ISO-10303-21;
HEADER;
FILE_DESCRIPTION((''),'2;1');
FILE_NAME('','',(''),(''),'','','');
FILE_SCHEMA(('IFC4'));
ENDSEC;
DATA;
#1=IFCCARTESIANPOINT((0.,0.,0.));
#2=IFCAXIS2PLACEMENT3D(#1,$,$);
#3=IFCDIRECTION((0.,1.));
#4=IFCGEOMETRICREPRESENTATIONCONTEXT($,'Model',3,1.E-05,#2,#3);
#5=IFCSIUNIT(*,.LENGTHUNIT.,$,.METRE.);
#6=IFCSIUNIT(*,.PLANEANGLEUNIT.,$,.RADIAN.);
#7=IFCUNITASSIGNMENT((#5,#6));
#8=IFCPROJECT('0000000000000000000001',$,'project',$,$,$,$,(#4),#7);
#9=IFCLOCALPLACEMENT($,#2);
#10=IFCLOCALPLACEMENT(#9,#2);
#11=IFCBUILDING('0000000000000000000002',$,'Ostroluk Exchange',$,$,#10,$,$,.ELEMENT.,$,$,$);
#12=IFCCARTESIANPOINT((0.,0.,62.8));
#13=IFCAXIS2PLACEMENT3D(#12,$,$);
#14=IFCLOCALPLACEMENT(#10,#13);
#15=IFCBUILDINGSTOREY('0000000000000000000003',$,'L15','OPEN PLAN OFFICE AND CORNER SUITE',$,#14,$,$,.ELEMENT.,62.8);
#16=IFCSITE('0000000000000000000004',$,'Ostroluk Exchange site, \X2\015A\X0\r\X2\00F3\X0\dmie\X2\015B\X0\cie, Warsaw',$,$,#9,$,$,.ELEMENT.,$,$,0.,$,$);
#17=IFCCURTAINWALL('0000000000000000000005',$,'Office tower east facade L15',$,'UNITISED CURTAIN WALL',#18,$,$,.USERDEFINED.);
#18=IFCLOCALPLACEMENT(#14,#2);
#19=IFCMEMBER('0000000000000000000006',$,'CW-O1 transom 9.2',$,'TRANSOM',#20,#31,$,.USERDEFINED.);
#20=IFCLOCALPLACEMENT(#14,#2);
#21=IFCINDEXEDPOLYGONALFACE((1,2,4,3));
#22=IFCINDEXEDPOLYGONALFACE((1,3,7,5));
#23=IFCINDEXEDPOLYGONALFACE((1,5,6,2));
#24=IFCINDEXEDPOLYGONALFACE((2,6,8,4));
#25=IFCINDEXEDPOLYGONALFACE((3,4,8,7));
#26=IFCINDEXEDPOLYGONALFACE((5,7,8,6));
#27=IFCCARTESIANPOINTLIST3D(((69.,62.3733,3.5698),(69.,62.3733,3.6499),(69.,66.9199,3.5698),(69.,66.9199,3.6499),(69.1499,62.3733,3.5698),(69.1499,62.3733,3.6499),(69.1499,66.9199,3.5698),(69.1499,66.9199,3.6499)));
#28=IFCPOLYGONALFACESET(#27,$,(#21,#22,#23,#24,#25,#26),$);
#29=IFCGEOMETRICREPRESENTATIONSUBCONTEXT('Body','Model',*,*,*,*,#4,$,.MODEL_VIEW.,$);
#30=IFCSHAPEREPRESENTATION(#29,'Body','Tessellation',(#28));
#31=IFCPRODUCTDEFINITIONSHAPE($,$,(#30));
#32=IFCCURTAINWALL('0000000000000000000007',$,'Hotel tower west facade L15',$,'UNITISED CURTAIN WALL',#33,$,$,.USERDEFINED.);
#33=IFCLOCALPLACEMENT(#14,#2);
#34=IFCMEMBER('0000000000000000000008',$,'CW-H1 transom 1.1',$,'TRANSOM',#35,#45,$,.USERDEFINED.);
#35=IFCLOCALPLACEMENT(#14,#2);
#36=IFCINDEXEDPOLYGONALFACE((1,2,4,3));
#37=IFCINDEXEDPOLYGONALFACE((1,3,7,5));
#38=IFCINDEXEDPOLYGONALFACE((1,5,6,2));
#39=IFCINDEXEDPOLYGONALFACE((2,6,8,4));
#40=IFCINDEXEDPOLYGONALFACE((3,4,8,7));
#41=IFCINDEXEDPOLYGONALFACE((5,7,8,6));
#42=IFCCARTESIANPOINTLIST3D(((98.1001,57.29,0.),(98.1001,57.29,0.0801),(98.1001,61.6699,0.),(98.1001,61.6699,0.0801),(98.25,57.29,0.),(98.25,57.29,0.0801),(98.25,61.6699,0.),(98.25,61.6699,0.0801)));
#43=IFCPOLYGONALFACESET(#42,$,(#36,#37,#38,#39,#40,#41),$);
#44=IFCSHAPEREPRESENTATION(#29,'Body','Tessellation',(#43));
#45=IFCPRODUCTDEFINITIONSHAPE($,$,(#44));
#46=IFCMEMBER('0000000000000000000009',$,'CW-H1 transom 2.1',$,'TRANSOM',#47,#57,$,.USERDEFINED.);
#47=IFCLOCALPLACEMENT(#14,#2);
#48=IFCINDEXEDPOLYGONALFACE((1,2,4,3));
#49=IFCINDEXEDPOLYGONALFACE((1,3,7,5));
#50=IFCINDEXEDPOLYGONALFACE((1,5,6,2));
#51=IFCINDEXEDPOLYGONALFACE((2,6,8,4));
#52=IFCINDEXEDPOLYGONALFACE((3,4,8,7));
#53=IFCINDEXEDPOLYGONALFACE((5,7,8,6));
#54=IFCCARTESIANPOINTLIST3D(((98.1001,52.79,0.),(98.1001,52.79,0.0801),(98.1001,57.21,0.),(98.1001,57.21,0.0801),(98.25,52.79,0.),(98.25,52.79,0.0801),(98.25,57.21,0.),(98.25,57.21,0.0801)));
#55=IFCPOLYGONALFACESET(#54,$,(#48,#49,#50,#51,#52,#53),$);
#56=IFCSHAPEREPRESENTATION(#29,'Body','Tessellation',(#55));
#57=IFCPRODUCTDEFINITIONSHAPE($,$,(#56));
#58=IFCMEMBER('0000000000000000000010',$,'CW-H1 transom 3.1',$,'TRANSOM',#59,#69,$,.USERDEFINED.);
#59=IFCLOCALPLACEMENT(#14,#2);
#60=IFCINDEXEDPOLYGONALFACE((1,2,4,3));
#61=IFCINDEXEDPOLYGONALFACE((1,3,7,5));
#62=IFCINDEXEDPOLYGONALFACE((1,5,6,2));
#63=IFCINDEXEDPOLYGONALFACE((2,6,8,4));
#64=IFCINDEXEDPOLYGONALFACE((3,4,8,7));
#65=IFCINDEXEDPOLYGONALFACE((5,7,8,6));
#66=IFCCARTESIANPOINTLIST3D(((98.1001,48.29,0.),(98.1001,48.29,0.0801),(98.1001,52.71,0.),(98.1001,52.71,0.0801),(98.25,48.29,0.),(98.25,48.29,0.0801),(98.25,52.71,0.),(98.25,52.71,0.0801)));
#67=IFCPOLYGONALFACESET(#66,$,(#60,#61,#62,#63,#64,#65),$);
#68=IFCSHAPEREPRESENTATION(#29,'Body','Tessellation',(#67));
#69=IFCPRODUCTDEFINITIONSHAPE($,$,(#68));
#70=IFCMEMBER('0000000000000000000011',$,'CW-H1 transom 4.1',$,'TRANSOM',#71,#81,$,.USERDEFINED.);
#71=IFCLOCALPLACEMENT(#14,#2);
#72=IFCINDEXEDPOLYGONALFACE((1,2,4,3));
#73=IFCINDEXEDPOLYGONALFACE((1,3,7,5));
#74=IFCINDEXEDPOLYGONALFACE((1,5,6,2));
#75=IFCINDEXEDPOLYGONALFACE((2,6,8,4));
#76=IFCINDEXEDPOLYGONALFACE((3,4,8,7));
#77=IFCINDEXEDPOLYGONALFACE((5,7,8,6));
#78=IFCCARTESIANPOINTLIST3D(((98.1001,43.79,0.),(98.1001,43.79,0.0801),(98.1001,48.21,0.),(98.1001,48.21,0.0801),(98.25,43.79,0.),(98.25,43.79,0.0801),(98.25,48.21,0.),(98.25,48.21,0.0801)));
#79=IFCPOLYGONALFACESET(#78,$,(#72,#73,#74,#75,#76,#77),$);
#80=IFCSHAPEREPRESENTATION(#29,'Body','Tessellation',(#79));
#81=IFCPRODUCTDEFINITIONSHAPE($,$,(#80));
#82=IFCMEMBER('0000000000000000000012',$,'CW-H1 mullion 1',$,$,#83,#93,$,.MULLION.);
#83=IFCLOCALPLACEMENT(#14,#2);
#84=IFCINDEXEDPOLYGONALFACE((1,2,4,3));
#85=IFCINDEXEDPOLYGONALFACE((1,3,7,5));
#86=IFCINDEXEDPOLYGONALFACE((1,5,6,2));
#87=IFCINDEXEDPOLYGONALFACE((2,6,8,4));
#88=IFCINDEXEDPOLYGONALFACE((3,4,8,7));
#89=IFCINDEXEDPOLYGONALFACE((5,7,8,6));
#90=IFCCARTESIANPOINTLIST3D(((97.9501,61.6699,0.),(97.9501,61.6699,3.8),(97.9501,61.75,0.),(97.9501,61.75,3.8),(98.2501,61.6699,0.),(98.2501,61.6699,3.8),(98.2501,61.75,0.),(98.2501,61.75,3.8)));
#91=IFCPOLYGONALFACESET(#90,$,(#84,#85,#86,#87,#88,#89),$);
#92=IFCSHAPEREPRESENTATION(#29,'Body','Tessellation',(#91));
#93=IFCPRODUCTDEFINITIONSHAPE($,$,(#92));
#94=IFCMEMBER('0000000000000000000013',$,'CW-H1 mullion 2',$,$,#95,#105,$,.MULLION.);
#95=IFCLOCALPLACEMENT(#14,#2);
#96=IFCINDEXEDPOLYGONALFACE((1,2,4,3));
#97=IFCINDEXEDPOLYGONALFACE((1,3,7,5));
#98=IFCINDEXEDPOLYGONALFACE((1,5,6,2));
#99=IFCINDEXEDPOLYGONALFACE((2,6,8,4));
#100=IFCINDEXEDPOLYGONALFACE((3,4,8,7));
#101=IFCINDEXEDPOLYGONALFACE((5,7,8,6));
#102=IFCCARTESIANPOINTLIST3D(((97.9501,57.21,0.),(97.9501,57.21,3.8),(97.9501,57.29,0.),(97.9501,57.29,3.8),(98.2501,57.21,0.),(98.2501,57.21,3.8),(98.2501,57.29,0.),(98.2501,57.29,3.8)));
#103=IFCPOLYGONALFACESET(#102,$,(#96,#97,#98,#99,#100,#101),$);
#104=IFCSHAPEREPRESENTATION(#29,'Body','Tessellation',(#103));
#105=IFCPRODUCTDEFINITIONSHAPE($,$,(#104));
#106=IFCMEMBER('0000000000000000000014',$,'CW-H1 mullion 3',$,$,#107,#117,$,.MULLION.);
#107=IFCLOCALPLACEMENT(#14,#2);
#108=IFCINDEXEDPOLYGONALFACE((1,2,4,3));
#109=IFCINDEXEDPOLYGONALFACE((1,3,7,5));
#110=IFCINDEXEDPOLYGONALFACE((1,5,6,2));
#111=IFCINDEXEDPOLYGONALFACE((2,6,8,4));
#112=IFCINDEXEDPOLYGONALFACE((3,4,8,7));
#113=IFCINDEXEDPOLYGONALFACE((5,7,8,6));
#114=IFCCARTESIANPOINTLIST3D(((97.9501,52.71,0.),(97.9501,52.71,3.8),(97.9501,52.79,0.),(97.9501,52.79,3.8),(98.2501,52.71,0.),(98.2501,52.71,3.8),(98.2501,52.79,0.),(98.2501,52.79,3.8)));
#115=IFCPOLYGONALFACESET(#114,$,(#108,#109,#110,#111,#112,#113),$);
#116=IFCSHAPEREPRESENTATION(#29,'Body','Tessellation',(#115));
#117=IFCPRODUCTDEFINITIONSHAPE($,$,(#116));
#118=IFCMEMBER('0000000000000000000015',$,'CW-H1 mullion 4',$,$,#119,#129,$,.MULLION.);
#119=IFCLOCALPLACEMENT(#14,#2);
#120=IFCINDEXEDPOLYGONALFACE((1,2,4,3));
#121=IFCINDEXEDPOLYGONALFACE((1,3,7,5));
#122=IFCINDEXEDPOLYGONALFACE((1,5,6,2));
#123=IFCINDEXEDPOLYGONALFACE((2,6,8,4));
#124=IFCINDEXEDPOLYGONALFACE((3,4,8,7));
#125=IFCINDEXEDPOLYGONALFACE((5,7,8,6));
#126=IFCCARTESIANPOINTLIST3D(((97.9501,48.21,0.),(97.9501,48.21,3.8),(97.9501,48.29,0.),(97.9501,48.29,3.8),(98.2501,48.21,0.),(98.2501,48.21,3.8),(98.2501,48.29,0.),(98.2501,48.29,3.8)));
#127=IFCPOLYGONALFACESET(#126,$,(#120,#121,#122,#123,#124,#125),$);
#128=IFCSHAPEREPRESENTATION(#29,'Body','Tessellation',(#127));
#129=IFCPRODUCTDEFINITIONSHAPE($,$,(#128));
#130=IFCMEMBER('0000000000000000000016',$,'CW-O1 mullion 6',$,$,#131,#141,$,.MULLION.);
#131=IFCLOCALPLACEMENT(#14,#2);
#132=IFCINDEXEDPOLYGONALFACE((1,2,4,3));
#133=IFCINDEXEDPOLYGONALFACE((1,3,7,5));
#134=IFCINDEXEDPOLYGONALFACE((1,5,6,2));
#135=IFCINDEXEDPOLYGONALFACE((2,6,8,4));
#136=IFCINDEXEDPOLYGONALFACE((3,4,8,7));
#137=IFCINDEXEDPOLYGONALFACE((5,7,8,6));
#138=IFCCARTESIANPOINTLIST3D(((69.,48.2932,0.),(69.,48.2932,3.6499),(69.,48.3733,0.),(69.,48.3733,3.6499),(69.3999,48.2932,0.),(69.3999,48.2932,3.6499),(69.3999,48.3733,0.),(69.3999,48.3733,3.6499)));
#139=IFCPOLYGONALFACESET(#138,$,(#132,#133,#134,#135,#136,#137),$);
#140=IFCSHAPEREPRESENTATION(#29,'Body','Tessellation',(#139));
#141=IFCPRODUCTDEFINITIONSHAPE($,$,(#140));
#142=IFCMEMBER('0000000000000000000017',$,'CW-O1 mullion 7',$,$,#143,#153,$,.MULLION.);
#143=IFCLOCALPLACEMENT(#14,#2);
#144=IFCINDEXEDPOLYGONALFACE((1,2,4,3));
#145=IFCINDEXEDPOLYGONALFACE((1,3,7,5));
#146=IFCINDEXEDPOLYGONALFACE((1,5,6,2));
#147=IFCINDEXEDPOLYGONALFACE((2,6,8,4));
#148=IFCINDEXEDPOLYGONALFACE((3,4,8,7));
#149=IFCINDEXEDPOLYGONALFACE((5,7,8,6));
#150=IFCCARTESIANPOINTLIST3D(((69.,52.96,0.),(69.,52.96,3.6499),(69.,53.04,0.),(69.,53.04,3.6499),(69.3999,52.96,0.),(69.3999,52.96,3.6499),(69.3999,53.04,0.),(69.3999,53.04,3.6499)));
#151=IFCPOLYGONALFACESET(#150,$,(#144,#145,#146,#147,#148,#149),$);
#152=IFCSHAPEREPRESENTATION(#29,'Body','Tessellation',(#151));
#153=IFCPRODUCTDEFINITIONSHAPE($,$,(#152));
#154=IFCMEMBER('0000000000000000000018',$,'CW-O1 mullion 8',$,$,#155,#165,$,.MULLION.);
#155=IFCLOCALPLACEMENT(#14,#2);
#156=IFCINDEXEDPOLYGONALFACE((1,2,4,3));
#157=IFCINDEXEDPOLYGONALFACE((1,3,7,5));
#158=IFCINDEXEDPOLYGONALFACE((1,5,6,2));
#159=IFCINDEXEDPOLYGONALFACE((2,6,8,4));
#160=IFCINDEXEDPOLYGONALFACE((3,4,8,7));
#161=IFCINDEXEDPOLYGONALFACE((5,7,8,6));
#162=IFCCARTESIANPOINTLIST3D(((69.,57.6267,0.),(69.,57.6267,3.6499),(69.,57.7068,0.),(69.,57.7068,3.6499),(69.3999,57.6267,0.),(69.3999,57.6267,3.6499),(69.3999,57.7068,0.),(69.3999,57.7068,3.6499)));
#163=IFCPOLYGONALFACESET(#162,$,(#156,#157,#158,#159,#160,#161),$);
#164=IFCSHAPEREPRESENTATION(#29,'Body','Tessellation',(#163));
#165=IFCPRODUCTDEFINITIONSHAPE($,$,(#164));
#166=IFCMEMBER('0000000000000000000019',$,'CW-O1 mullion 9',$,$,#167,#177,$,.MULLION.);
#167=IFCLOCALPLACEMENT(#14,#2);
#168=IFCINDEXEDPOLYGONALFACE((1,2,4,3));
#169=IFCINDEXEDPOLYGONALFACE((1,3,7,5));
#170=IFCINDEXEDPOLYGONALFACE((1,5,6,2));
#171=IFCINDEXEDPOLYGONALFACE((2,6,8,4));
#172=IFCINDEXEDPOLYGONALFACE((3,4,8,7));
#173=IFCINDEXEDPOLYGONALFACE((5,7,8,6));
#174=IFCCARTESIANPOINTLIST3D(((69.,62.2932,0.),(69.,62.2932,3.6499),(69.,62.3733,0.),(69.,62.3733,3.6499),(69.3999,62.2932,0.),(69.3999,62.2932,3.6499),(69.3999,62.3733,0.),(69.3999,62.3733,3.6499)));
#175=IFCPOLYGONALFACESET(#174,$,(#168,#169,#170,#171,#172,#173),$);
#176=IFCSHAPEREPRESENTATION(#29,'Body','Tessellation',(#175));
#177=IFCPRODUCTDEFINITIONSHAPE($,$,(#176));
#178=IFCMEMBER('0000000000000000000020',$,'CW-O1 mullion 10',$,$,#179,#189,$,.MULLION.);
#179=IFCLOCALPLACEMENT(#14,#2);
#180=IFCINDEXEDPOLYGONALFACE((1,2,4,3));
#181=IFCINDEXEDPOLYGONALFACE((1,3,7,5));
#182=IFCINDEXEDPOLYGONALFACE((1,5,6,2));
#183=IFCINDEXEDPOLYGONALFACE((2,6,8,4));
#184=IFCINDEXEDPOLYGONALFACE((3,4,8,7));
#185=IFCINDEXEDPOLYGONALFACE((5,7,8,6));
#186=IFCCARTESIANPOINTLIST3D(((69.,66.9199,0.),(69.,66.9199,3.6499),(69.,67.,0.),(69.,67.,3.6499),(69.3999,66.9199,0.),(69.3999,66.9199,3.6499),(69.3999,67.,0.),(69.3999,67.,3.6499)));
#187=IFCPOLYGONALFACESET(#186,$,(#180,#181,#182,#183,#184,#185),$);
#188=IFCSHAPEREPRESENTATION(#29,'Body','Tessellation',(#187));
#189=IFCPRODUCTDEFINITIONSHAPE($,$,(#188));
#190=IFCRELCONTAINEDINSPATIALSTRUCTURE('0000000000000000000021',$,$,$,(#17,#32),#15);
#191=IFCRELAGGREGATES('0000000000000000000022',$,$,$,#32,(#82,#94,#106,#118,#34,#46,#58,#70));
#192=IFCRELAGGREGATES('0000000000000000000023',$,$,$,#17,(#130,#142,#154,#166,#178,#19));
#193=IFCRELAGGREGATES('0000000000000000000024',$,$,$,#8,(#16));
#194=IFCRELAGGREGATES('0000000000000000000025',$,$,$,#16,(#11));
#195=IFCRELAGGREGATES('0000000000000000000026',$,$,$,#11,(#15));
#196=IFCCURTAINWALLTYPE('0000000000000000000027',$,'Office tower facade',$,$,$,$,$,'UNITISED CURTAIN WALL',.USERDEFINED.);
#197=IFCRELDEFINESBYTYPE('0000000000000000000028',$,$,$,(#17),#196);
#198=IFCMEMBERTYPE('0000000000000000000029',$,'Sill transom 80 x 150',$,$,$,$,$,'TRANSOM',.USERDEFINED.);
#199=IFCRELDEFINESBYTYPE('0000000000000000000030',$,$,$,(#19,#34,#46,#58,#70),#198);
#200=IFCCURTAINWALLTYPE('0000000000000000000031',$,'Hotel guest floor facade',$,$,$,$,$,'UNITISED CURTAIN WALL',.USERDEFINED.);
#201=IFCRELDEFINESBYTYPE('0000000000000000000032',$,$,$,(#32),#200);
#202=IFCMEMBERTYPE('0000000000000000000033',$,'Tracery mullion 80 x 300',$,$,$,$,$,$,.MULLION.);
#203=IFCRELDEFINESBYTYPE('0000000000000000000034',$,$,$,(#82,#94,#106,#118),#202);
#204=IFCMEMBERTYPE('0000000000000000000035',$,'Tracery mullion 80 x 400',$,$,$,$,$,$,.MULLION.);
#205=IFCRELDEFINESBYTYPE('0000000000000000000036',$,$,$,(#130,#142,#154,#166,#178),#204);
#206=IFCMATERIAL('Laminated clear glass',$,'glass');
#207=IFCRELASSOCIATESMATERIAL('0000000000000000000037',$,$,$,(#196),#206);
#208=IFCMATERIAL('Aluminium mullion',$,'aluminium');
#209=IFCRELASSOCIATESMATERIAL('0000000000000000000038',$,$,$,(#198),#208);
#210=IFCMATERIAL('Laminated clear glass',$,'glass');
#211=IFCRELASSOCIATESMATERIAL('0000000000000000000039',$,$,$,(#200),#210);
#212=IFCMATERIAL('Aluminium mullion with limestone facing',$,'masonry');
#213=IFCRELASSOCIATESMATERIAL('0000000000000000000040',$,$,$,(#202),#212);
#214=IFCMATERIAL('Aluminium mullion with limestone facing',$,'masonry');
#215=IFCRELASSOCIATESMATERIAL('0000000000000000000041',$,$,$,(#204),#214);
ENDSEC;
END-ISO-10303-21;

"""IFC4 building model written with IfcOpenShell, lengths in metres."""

from ifc_helpers import new_model, si_unit, direction, frame, origin, origin_2d, place, context, subcontext, project, spatial, rectangle, extrude, material, material_profile, profile_set, type_object, element, aggregate, save


model = new_model("IFC4")

# Units and contexts
model_context = context("Model", 3, precision=1e-05, world=origin(), true_north=direction((0.0, 1.0)))
body_context = subcontext(model_context, "Body", "Model", "MODEL_VIEW")
ifc_project = project(units=[si_unit("LENGTHUNIT", "METRE"), si_unit("PLANEANGLEUNIT", "RADIAN")], contexts=[model_context])

# Site, building, storey
site_placement = place(None, origin())
site = spatial("IfcSite", under=ifc_project, at=site_placement, Name="Ostroluk Exchange site, Śródmieście, Warsaw", CompositionType="ELEMENT", RefElevation=0.0)
building_placement = place(site_placement, origin())
building = spatial("IfcBuilding", under=site, at=building_placement, Name="Ostroluk Exchange", CompositionType="ELEMENT")
storey_placement = place(building_placement, frame((0.0, 0.0, 62.8)))
storey = spatial("IfcBuildingStorey", under=building, at=storey_placement, Name="L15", Description="OPEN PLAN OFFICE AND CORNER SUITE", CompositionType="ELEMENT", Elevation=62.8)

# Curtain wall, member
ifc_material_1 = material(Name="Laminated clear glass", Category="glass")
curtain_wall_type_1 = type_object("IfcCurtainWallType", Name="Office tower facade", ElementType="UNITISED CURTAIN WALL", PredefinedType="USERDEFINED", material=ifc_material_1)
curtain_wall_1_placement = place(storey_placement, origin())
curtain_wall_1 = element("IfcCurtainWall", 1, at=curtain_wall_1_placement, inside=storey, type_object=curtain_wall_type_1, Name="Office tower east facade L15", ObjectType="UNITISED CURTAIN WALL", PredefinedType="USERDEFINED")
ifc_material_2 = material(Name="Aluminium mullion", Category="aluminium")
ifc_material_profile_1 = material_profile(ifc_material_2, rectangle(XDim=0.1499, YDim=0.0801, at=origin_2d()), Name="Sill transom 80 x 150")
ifc_profile_set_1 = profile_set([ifc_material_profile_1], Name="Aluminium mullion")
member_type_1 = type_object("IfcMemberType", Name="Sill transom 80 x 150", ElementType="TRANSOM", PredefinedType="USERDEFINED", material=ifc_profile_set_1)
member_1_placement = place(storey_placement, frame((69.075, 62.3733, 3.6099), z_axis=(0.0, 1.0, 0.0), x_axis=(-1.0, 0.0, 0.0)))
member_1 = element("IfcMember", 2, at=member_1_placement, type_object=member_type_1, Name="CW-O1 transom 9.2", ObjectType="TRANSOM", PredefinedType="USERDEFINED", context=body_context, shape_type="SweptSolid", body=[
    extrude(rectangle(XDim=0.1499, YDim=0.0801, at=origin_2d()), origin(), (0.0, 0.0, 1.0), 4.5466),
])

# Curtain wall, members
ifc_material_3 = material(Name="Laminated clear glass", Category="glass")
curtain_wall_type_2 = type_object("IfcCurtainWallType", Name="Hotel guest floor facade", ElementType="UNITISED CURTAIN WALL", PredefinedType="USERDEFINED", material=ifc_material_3)
curtain_wall_2_placement = place(storey_placement, origin())
curtain_wall_2 = element("IfcCurtainWall", 3, at=curtain_wall_2_placement, inside=storey, type_object=curtain_wall_type_2, Name="Hotel tower west facade L15", ObjectType="UNITISED CURTAIN WALL", PredefinedType="USERDEFINED")
member_2_placement = place(storey_placement, frame((98.175, 61.6699, 0.04), z_axis=(0.0, -1.0, 0.0), x_axis=(1.0, 0.0, 0.0)))
member_2 = element("IfcMember", 4, at=member_2_placement, type_object=member_type_1, Name="CW-H1 transom 1.1", ObjectType="TRANSOM", PredefinedType="USERDEFINED", context=body_context, shape_type="SweptSolid", body=[
    extrude(rectangle(XDim=0.1499, YDim=0.0801, at=origin_2d()), origin(), (0.0, 0.0, 1.0), 4.3799),
])
member_3_placement = place(storey_placement, frame((98.175, 57.21, 0.04), z_axis=(0.0, -1.0, 0.0), x_axis=(1.0, 0.0, 0.0)))
member_3 = element("IfcMember", 5, at=member_3_placement, type_object=member_type_1, Name="CW-H1 transom 2.1", ObjectType="TRANSOM", PredefinedType="USERDEFINED", context=body_context, shape_type="SweptSolid", body=[
    extrude(rectangle(XDim=0.1499, YDim=0.0801, at=origin_2d()), origin(), (0.0, 0.0, 1.0), 4.4199),
])
member_4_placement = place(storey_placement, frame((98.175, 52.71, 0.04), z_axis=(0.0, -1.0, 0.0), x_axis=(1.0, 0.0, 0.0)))
member_4 = element("IfcMember", 6, at=member_4_placement, type_object=member_type_1, Name="CW-H1 transom 3.1", ObjectType="TRANSOM", PredefinedType="USERDEFINED", context=body_context, shape_type="SweptSolid", body=[
    extrude(rectangle(XDim=0.1499, YDim=0.0801, at=origin_2d()), origin(), (0.0, 0.0, 1.0), 4.4199),
])
member_5_placement = place(storey_placement, frame((98.175, 48.21, 0.04), z_axis=(0.0, -1.0, 0.0), x_axis=(1.0, 0.0, 0.0)))
member_5 = element("IfcMember", 7, at=member_5_placement, type_object=member_type_1, Name="CW-H1 transom 4.1", ObjectType="TRANSOM", PredefinedType="USERDEFINED", context=body_context, shape_type="SweptSolid", body=[
    extrude(rectangle(XDim=0.1499, YDim=0.0801, at=origin_2d()), origin(), (0.0, 0.0, 1.0), 4.4199),
])
ifc_material_4 = material(Name="Aluminium mullion with limestone facing", Category="masonry")
ifc_material_profile_2 = material_profile(ifc_material_4, rectangle(XDim=0.3, YDim=0.0801, at=origin_2d()), Name="Tracery mullion 80 x 300")
ifc_profile_set_2 = profile_set([ifc_material_profile_2], Name="Aluminium mullion with limestone facing")
member_type_2 = type_object("IfcMemberType", Name="Tracery mullion 80 x 300", PredefinedType="MULLION", material=ifc_profile_set_2)
member_6_placement = place(storey_placement, frame((98.1001, 61.71, 0.0), z_axis=(0.0, 0.0, 1.0), x_axis=(1.0, 0.0, 0.0)))
member_6 = element("IfcMember", 8, at=member_6_placement, type_object=member_type_2, Name="CW-H1 mullion 1", PredefinedType="MULLION", context=body_context, shape_type="SweptSolid", body=[
    extrude(rectangle(XDim=0.3, YDim=0.0801, at=origin_2d()), origin(), (0.0, 0.0, 1.0), 3.8),
])
member_7_placement = place(storey_placement, frame((98.1001, 57.25, 0.0), z_axis=(0.0, 0.0, 1.0), x_axis=(1.0, 0.0, 0.0)))
member_7 = element("IfcMember", 9, at=member_7_placement, type_object=member_type_2, Name="CW-H1 mullion 2", PredefinedType="MULLION", context=body_context, shape_type="SweptSolid", body=[
    extrude(rectangle(XDim=0.3, YDim=0.0801, at=origin_2d()), origin(), (0.0, 0.0, 1.0), 3.8),
])
member_8_placement = place(storey_placement, frame((98.1001, 52.75, 0.0), z_axis=(0.0, 0.0, 1.0), x_axis=(1.0, 0.0, 0.0)))
member_8 = element("IfcMember", 10, at=member_8_placement, type_object=member_type_2, Name="CW-H1 mullion 3", PredefinedType="MULLION", context=body_context, shape_type="SweptSolid", body=[
    extrude(rectangle(XDim=0.3, YDim=0.0801, at=origin_2d()), origin(), (0.0, 0.0, 1.0), 3.8),
])
member_9_placement = place(storey_placement, frame((98.1001, 48.25, 0.0), z_axis=(0.0, 0.0, 1.0), x_axis=(1.0, 0.0, 0.0)))
member_9 = element("IfcMember", 11, at=member_9_placement, type_object=member_type_2, Name="CW-H1 mullion 4", PredefinedType="MULLION", context=body_context, shape_type="SweptSolid", body=[
    extrude(rectangle(XDim=0.3, YDim=0.0801, at=origin_2d()), origin(), (0.0, 0.0, 1.0), 3.8),
])

# Members
ifc_material_5 = material(Name="Aluminium mullion with limestone facing", Category="masonry")
ifc_material_profile_3 = material_profile(ifc_material_5, rectangle(XDim=0.3999, YDim=0.0801, at=origin_2d()), Name="Tracery mullion 80 x 400")
ifc_profile_set_3 = profile_set([ifc_material_profile_3], Name="Aluminium mullion with limestone facing")
member_type_3 = type_object("IfcMemberType", Name="Tracery mullion 80 x 400", PredefinedType="MULLION", material=ifc_profile_set_3)
member_10_placement = place(storey_placement, frame((69.2, 48.3333, 0.0), z_axis=(0.0, 0.0, 1.0), x_axis=(-1.0, 0.0, 0.0)))
member_10 = element("IfcMember", 12, at=member_10_placement, type_object=member_type_3, Name="CW-O1 mullion 6", PredefinedType="MULLION", context=body_context, shape_type="SweptSolid", body=[
    extrude(rectangle(XDim=0.3999, YDim=0.0801, at=origin_2d()), origin(), (0.0, 0.0, 1.0), 3.6499),
])
member_11_placement = place(storey_placement, frame((69.2, 53.0, 0.0), z_axis=(0.0, 0.0, 1.0), x_axis=(-1.0, 0.0, 0.0)))
member_11 = element("IfcMember", 13, at=member_11_placement, type_object=member_type_3, Name="CW-O1 mullion 7", PredefinedType="MULLION", context=body_context, shape_type="SweptSolid", body=[
    extrude(rectangle(XDim=0.3999, YDim=0.0801, at=origin_2d()), origin(), (0.0, 0.0, 1.0), 3.6499),
])
member_12_placement = place(storey_placement, frame((69.2, 57.6667, 0.0), z_axis=(0.0, 0.0, 1.0), x_axis=(-1.0, 0.0, 0.0)))
member_12 = element("IfcMember", 14, at=member_12_placement, type_object=member_type_3, Name="CW-O1 mullion 8", PredefinedType="MULLION", context=body_context, shape_type="SweptSolid", body=[
    extrude(rectangle(XDim=0.3999, YDim=0.0801, at=origin_2d()), origin(), (0.0, 0.0, 1.0), 3.6499),
])
member_13_placement = place(storey_placement, frame((69.2, 62.3333, 0.0), z_axis=(0.0, 0.0, 1.0), x_axis=(-1.0, 0.0, 0.0)))
member_13 = element("IfcMember", 15, at=member_13_placement, type_object=member_type_3, Name="CW-O1 mullion 9", PredefinedType="MULLION", context=body_context, shape_type="SweptSolid", body=[
    extrude(rectangle(XDim=0.3999, YDim=0.0801, at=origin_2d()), origin(), (0.0, 0.0, 1.0), 3.6499),
])
member_14_placement = place(storey_placement, frame((69.2, 66.96, 0.0), z_axis=(0.0, 0.0, 1.0), x_axis=(-1.0, 0.0, 0.0)))
member_14 = element("IfcMember", 16, at=member_14_placement, type_object=member_type_3, Name="CW-O1 mullion 10", PredefinedType="MULLION", context=body_context, shape_type="SweptSolid", body=[
    extrude(rectangle(XDim=0.3999, YDim=0.0801, at=origin_2d()), origin(), (0.0, 0.0, 1.0), 3.6499),
])

aggregate(curtain_wall_2, [member_6, member_7, member_8, member_9, member_2, member_3, member_4, member_5])
aggregate(curtain_wall_1, [member_10, member_11, member_12, member_13, member_14, member_1])

save(model, "model.ifc")
